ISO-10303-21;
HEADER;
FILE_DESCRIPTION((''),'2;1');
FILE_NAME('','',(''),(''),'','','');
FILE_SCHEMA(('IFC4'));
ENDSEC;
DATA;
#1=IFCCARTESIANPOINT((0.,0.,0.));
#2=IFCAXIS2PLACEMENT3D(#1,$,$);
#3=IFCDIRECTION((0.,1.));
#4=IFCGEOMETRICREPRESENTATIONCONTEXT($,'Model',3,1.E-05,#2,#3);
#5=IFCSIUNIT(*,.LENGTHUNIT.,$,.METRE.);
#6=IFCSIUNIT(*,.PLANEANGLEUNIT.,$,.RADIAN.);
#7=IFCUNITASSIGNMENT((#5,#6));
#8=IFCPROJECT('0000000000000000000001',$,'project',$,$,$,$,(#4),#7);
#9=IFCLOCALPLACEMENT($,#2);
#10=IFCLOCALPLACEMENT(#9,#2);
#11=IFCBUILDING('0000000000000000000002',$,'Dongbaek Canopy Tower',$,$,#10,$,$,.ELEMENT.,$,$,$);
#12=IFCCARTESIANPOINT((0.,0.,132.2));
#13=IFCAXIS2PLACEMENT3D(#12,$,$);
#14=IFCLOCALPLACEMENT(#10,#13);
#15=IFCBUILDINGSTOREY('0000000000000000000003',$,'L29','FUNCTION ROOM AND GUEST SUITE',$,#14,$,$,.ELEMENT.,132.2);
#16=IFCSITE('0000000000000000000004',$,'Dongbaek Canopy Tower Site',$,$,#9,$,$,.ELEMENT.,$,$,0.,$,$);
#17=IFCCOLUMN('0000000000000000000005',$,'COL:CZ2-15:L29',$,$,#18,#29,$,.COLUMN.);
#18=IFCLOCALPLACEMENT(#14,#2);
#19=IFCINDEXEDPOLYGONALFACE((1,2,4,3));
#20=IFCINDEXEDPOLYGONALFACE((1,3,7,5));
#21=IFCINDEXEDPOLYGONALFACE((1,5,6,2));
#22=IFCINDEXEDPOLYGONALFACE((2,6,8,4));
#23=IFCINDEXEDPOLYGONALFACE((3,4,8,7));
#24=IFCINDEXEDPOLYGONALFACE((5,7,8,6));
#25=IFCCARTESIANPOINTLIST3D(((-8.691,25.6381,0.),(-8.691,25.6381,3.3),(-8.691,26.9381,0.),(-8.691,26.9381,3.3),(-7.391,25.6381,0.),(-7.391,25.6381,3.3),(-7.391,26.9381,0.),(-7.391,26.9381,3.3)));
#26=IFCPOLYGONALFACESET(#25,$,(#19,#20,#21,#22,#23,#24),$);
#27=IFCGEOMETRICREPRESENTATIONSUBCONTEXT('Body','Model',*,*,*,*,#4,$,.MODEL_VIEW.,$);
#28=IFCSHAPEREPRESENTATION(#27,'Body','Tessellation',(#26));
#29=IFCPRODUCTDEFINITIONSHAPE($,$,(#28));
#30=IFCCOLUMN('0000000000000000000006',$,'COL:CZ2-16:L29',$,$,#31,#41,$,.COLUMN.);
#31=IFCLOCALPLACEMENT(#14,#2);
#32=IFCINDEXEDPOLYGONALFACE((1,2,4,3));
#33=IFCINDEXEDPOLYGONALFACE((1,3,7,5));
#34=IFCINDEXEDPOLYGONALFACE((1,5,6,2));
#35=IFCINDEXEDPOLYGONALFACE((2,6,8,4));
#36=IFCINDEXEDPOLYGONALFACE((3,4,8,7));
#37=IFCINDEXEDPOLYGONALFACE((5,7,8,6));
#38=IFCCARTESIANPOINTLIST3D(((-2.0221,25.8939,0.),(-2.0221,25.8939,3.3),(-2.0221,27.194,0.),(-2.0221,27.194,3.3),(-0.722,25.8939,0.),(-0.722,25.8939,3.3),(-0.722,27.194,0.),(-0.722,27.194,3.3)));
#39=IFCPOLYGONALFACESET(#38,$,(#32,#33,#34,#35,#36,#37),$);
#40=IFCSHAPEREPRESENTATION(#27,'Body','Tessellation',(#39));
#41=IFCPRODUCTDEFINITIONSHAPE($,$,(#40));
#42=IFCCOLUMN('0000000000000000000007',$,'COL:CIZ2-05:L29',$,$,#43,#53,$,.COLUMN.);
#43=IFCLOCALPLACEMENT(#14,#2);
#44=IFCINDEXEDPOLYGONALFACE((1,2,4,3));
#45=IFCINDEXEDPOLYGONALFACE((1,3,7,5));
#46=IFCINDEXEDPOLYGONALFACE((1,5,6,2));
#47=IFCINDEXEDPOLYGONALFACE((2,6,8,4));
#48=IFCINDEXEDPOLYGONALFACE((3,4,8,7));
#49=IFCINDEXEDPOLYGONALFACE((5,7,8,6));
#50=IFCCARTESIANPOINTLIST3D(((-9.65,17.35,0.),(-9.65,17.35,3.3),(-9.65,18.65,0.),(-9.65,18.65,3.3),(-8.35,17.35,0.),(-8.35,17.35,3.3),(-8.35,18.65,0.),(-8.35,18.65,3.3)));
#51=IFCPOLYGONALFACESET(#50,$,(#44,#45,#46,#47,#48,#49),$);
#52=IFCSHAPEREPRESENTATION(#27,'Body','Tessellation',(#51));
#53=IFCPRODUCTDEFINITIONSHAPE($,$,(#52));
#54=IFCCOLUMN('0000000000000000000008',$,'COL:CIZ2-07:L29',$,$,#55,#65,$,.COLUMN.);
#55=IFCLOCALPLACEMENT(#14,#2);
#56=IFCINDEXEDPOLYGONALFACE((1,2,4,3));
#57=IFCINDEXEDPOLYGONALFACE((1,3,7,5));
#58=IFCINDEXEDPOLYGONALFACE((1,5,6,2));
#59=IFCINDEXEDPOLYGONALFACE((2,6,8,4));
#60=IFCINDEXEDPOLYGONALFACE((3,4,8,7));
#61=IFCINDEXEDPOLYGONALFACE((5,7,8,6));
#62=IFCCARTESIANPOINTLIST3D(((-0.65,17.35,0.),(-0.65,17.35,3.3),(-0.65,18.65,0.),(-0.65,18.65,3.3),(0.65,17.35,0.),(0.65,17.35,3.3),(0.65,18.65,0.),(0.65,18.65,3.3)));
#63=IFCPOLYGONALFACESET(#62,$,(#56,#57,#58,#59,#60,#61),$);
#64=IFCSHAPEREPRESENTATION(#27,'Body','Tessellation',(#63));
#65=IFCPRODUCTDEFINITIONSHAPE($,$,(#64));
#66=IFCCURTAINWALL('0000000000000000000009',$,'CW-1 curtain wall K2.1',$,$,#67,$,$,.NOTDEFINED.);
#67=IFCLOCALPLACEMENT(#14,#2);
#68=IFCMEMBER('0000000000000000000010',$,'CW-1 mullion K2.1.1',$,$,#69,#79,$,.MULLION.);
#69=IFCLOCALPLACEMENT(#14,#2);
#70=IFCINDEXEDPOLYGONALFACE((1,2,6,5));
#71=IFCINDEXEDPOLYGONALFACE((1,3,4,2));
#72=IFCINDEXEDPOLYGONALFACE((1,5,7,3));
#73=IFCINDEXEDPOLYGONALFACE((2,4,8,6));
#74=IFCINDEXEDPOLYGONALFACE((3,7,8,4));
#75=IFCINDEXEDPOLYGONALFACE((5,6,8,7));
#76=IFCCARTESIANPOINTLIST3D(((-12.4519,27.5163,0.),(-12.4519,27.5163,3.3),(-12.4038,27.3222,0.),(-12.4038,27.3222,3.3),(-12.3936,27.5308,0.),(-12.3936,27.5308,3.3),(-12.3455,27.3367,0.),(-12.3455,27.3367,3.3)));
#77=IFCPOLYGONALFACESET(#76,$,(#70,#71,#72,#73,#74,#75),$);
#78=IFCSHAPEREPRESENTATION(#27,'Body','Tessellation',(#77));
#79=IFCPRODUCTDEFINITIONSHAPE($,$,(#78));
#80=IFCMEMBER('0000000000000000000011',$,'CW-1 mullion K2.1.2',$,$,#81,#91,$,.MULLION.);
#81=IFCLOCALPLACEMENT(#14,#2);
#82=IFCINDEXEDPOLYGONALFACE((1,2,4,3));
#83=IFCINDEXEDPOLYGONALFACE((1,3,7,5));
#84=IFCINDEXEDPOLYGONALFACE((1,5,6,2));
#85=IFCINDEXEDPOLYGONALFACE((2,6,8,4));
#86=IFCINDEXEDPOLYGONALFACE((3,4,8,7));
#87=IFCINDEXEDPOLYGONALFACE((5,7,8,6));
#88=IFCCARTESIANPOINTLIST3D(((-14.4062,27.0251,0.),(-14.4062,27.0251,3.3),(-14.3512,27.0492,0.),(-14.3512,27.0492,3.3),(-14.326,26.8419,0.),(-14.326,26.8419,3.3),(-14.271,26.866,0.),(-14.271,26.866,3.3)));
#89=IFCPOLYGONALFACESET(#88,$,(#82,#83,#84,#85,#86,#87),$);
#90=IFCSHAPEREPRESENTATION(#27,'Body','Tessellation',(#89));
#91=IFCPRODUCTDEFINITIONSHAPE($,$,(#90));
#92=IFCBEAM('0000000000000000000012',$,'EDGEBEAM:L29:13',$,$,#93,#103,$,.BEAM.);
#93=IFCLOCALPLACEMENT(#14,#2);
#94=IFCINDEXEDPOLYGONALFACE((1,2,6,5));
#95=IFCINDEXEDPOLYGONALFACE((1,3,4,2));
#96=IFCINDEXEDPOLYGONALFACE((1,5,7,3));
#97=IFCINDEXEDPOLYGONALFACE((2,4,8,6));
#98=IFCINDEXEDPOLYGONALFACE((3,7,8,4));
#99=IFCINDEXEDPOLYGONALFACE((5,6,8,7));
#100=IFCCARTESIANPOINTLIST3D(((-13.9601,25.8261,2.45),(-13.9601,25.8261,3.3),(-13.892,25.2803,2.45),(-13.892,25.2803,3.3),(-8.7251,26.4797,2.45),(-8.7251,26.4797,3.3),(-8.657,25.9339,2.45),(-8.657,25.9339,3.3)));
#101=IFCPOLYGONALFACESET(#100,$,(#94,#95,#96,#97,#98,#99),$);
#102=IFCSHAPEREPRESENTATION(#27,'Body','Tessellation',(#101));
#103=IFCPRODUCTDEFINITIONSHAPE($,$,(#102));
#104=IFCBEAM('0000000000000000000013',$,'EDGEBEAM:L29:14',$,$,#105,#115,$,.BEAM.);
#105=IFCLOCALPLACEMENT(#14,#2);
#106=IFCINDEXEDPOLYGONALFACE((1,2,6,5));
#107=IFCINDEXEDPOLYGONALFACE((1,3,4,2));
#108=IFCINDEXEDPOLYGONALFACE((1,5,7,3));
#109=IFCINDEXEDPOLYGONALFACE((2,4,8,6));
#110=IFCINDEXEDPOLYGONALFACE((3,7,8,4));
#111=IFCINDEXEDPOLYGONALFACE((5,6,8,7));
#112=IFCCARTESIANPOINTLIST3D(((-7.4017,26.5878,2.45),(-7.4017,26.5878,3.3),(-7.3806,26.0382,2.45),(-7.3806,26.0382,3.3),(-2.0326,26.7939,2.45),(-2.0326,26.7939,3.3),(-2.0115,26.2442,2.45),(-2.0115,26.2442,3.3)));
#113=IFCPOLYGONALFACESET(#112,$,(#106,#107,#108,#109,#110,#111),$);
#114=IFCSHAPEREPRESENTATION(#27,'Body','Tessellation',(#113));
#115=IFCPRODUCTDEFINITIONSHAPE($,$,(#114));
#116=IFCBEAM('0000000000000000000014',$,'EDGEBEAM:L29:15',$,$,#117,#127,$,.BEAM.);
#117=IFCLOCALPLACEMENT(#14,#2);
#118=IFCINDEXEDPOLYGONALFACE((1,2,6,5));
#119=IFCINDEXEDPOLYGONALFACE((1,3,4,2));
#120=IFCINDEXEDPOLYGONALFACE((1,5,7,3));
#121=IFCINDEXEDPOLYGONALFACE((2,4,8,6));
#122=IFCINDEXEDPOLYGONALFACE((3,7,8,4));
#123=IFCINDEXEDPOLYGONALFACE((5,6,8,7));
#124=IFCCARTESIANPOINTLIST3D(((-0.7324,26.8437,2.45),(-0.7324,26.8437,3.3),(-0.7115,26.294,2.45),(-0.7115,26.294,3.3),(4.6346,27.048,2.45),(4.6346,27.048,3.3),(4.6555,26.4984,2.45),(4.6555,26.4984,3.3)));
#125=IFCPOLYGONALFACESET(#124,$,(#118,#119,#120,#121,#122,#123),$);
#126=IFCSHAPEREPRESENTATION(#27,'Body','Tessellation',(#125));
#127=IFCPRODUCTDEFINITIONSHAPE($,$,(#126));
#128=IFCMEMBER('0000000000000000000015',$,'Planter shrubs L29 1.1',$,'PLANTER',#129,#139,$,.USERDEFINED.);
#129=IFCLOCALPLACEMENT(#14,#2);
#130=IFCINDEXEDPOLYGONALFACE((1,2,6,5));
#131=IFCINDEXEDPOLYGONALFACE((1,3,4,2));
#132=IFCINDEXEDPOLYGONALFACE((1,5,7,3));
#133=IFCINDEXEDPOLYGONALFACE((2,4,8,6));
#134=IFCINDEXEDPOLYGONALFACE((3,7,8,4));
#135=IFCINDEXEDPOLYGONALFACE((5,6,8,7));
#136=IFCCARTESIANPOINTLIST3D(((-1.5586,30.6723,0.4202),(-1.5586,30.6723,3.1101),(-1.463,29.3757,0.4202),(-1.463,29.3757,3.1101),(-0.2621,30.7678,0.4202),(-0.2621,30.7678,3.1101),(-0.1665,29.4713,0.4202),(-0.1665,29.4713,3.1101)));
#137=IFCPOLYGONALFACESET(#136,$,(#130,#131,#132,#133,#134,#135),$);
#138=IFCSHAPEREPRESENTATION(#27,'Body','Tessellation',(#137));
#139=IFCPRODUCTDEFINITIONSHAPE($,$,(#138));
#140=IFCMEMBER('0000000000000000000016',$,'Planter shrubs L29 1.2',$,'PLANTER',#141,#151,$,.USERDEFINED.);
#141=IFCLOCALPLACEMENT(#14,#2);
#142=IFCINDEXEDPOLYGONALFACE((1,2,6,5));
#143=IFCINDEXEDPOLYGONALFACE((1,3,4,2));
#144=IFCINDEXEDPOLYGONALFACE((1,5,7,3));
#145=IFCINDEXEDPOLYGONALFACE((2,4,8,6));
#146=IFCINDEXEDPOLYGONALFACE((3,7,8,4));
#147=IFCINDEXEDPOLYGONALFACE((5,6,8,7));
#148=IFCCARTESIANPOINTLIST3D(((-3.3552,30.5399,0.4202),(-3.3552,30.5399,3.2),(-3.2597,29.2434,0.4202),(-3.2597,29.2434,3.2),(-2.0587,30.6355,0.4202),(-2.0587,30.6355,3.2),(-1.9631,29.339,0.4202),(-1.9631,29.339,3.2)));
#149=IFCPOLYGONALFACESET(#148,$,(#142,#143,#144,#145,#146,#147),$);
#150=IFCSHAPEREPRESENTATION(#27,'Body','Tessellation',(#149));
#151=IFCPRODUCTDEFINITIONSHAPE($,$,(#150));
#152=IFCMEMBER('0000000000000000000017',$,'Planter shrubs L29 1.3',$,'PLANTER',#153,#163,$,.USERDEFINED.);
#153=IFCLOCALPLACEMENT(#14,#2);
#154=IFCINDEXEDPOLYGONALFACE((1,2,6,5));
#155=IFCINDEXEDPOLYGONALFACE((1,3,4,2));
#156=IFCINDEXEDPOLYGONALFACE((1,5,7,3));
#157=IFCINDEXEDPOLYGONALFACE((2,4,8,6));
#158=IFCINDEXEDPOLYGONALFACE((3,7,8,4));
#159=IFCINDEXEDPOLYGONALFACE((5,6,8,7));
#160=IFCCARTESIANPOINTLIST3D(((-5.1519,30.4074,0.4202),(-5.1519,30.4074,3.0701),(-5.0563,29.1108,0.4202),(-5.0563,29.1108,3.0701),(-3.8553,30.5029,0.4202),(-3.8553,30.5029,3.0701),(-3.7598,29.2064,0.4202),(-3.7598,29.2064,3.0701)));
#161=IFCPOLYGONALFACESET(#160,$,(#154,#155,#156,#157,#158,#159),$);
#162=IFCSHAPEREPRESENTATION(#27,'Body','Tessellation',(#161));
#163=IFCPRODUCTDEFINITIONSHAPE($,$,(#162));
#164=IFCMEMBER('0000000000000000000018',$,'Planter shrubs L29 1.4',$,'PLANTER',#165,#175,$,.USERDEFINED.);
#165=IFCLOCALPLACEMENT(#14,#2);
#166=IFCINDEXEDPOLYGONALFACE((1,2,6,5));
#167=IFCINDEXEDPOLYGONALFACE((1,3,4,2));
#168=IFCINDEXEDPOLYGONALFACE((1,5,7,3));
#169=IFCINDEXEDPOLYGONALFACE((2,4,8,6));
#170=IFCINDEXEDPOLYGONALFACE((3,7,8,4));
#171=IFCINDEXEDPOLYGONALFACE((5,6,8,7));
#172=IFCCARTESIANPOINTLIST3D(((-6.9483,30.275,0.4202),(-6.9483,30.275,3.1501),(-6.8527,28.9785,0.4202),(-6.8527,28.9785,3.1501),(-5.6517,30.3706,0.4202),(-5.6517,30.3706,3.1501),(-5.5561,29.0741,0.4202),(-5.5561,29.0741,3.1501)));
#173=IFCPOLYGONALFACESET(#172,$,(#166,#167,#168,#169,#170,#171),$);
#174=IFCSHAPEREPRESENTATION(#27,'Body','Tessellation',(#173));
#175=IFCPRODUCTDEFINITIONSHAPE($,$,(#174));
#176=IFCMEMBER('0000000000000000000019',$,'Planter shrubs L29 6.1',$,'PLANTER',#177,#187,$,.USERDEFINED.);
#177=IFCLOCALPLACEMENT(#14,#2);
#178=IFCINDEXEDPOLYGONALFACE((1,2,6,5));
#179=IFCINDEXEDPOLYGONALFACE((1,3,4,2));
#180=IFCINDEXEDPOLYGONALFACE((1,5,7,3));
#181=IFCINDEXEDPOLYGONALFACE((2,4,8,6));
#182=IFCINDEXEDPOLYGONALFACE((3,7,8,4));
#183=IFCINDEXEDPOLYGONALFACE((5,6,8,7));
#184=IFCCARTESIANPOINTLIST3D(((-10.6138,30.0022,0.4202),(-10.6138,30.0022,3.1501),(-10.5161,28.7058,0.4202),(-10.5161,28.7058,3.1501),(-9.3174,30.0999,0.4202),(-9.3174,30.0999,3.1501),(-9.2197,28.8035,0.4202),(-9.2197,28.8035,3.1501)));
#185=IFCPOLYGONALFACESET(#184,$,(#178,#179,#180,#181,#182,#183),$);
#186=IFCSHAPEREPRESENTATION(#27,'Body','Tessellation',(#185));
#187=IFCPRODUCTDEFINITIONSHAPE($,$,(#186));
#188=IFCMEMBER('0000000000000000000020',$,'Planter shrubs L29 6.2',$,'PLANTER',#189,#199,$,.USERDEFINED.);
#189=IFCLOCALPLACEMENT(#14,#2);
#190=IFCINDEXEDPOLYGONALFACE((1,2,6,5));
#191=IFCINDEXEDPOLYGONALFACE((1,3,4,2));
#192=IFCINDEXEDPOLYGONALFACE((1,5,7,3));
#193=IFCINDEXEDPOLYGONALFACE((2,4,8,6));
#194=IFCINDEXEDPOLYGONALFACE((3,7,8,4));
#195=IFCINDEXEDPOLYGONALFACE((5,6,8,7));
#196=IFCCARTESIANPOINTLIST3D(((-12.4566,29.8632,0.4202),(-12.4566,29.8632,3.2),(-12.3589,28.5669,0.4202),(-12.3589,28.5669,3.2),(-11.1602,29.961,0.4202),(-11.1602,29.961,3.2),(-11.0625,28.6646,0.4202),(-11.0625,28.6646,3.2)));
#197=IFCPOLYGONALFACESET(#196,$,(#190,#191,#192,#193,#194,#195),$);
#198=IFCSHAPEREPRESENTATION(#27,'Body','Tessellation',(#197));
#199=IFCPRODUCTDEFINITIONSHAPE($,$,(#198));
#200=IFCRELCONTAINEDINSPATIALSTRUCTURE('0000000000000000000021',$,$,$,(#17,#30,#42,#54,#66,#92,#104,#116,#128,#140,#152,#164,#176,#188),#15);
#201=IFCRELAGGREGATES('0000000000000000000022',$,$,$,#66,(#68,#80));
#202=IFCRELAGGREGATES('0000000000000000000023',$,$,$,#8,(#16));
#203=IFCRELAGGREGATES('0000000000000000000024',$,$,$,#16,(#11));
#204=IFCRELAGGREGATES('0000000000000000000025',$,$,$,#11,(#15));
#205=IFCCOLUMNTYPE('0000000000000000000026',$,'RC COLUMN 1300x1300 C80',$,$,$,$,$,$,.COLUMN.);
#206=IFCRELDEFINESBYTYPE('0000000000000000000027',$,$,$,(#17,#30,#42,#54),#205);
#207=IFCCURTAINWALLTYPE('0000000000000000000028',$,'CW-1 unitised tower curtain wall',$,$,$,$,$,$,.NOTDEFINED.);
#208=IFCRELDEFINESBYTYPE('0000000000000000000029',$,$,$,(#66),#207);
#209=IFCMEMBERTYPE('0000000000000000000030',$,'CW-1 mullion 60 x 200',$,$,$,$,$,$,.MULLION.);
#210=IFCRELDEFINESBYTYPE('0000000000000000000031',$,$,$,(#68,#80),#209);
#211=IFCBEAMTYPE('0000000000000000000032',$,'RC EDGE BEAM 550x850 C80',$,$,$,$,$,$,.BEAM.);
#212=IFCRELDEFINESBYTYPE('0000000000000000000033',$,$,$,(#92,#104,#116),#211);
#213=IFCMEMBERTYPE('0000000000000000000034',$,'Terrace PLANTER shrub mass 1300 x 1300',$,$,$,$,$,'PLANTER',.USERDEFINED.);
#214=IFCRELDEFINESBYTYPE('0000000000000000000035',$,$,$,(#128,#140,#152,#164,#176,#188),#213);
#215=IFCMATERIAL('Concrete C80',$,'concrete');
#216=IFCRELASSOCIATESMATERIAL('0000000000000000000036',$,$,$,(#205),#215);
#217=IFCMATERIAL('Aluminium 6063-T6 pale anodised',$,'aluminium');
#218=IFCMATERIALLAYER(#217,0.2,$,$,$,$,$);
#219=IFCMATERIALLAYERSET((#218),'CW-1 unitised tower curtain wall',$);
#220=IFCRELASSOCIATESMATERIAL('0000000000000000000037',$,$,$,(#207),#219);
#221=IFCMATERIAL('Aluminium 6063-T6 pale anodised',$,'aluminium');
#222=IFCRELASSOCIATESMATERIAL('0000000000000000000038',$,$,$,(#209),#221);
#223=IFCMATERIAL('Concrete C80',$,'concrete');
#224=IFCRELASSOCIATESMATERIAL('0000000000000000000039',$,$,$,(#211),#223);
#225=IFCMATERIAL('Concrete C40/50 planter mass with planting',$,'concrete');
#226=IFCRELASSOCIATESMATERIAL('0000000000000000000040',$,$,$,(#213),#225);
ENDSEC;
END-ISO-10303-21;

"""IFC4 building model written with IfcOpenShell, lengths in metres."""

from ifc_helpers import new_model, si_unit, direction, frame, origin, origin_2d, place, context, subcontext, project, spatial, rectangle, extrude, material, layer, layer_set, material_profile, profile_set, type_object, element, aggregate, save


model = new_model("IFC4")

# Units and contexts
model_context = context("Model", 3, precision=1e-05, world=origin(), true_north=direction((0.0, 1.0)))
body_context = subcontext(model_context, "Body", "Model", "MODEL_VIEW")
ifc_project = project(units=[si_unit("LENGTHUNIT", "METRE"), si_unit("PLANEANGLEUNIT", "RADIAN")], contexts=[model_context])

# Site, building, storey
site_placement = place(None, origin())
site = spatial("IfcSite", under=ifc_project, at=site_placement, Name="Dongbaek Canopy Tower Site", CompositionType="ELEMENT", RefElevation=0.0)
building_placement = place(site_placement, origin())
building = spatial("IfcBuilding", under=site, at=building_placement, Name="Dongbaek Canopy Tower", CompositionType="ELEMENT")
storey_placement = place(building_placement, frame((0.0, 0.0, 132.2)))
storey = spatial("IfcBuildingStorey", under=building, at=storey_placement, Name="L29", Description="FUNCTION ROOM AND GUEST SUITE", CompositionType="ELEMENT", Elevation=132.2)

# Columns
ifc_material_1 = material(Name="Concrete C80", Category="concrete")
ifc_material_profile_1 = material_profile(ifc_material_1, rectangle(XDim=1.3, YDim=1.3, at=origin_2d()), Name="RC COLUMN 1300x1300 C80")
ifc_profile_set_1 = profile_set([ifc_material_profile_1], Name="Concrete C80")
column_type = type_object("IfcColumnType", Name="RC COLUMN 1300x1300 C80", PredefinedType="COLUMN", material=ifc_profile_set_1)
for number, where, z_axis, x_axis, name in (
    (1, (-8.041, 26.2881, 0.0), (0.0, 0.0, 1.0), (1.0, 0.0, 0.0), "COL:CZ2-15:L29"),
    (2, (-1.3721, 26.5439, 0.0), (0.0, 0.0, 1.0), (1.0, 0.0, 0.0), "COL:CZ2-16:L29"),
    (3, (-9.0, 18.0, 0.0), (0.0, 0.0, 1.0), (1.0, 0.0, 0.0), "COL:CIZ2-05:L29"),
    (4, (0.0, 18.0, 0.0), (0.0, 0.0, 1.0), (1.0, 0.0, 0.0), "COL:CIZ2-07:L29"),
):
    element("IfcColumn", number, at=place(storey_placement, frame(where, z_axis=z_axis, x_axis=x_axis)), inside=storey, type_object=column_type, Name=name, PredefinedType="COLUMN", context=body_context, shape_type="SweptSolid", body=[
        extrude(rectangle(XDim=1.3, YDim=1.3, at=origin_2d()), origin(), (0.0, 0.0, 1.0), 3.3),
    ])

# Curtain wall, members
ifc_material_2 = material(Name="Aluminium 6063-T6 pale anodised", Category="aluminium")
ifc_layer_1 = layer(ifc_material_2, 0.2)
ifc_layer_set_1 = layer_set([ifc_layer_1], Name="CW-1 unitised tower curtain wall")
curtain_wall_type = type_object("IfcCurtainWallType", Name="CW-1 unitised tower curtain wall", PredefinedType="NOTDEFINED", material=ifc_layer_set_1)
curtain_wall_placement = place(storey_placement, origin())
curtain_wall = element("IfcCurtainWall", 5, at=curtain_wall_placement, inside=storey, type_object=curtain_wall_type, Name="CW-1 curtain wall K2.1", PredefinedType="NOTDEFINED")
ifc_material_3 = material(Name="Aluminium 6063-T6 pale anodised", Category="aluminium")
ifc_material_profile_2 = material_profile(ifc_material_3, rectangle(XDim=0.2, YDim=0.0601, at=origin_2d()), Name="CW-1 mullion 60 x 200")
ifc_profile_set_2 = profile_set([ifc_material_profile_2], Name="Aluminium 6063-T6 pale anodised")
member_type_1 = type_object("IfcMemberType", Name="CW-1 mullion 60 x 200", PredefinedType="MULLION", material=ifc_profile_set_2)
member_1_placement = place(storey_placement, frame((-12.3987, 27.4265, 0.0), z_axis=(0.0, 0.0, 1.0), x_axis=(-0.240709, 0.970597, 0.0)))
member_1 = element("IfcMember", 6, at=member_1_placement, type_object=member_type_1, Name="CW-1 mullion K2.1.1", PredefinedType="MULLION", context=body_context, shape_type="SweptSolid", body=[
    extrude(rectangle(XDim=0.2, YDim=0.0601, at=origin_2d()), origin(), (0.0, 0.0, 1.0), 3.3),
])
member_2_placement = place(storey_placement, frame((-14.3386, 26.9456, 0.0), z_axis=(0.0, 0.0, 1.0), x_axis=(-0.400999, 0.916079, 0.0)))
member_2 = element("IfcMember", 7, at=member_2_placement, type_object=member_type_1, Name="CW-1 mullion K2.1.2", PredefinedType="MULLION", context=body_context, shape_type="SweptSolid", body=[
    extrude(rectangle(XDim=0.2, YDim=0.0601, at=origin_2d()), origin(), (0.0, 0.0, 1.0), 3.3),
])

# Beams
ifc_material_4 = material(Name="Concrete C80", Category="concrete")
ifc_material_profile_3 = material_profile(ifc_material_4, rectangle(XDim=0.55, YDim=0.8501, at=origin_2d()), Name="RC EDGE BEAM 550x850 C80")
ifc_profile_set_3 = profile_set([ifc_material_profile_3], Name="Concrete C80")
beam_type = type_object("IfcBeamType", Name="RC EDGE BEAM 550x850 C80", PredefinedType="BEAM", material=ifc_profile_set_3)
beam_1_placement = place(storey_placement, frame((-13.926, 25.5532, 2.875), z_axis=(0.992297, 0.123881, 0.0), x_axis=(-0.123881, 0.992297, 0.0)))
element("IfcBeam", 8, at=beam_1_placement, inside=storey, type_object=beam_type, Name="EDGEBEAM:L29:13", PredefinedType="BEAM", context=body_context, shape_type="SweptSolid", body=[
    extrude(rectangle(XDim=0.55, YDim=0.8501, at=origin_2d()), origin(), (0.0, 0.0, 1.0), 5.2756),
])
beam_2_placement = place(storey_placement, frame((-7.3911, 26.313, 2.875), z_axis=(0.999264, 0.038349, 0.0), x_axis=(-0.038349, 0.999264, 0.0)))
element("IfcBeam", 9, at=beam_2_placement, inside=storey, type_object=beam_type, Name="EDGEBEAM:L29:14", PredefinedType="BEAM", context=body_context, shape_type="SweptSolid", body=[
    extrude(rectangle(XDim=0.55, YDim=0.8501, at=origin_2d()), origin(), (0.0, 0.0, 1.0), 5.373),
])
beam_3_placement = place(storey_placement, frame((-0.7219, 26.5688, 2.875), z_axis=(0.999276, 0.038047, 0.0), x_axis=(-0.038047, 0.999276, 0.0)))
element("IfcBeam", 10, at=beam_3_placement, inside=storey, type_object=beam_type, Name="EDGEBEAM:L29:15", PredefinedType="BEAM", context=body_context, shape_type="SweptSolid", body=[
    extrude(rectangle(XDim=0.55, YDim=0.8501, at=origin_2d()), origin(), (0.0, 0.0, 1.0), 5.3708),
])

# Members
ifc_material_5 = material(Name="Concrete C40/50 planter mass with planting", Category="concrete")
ifc_material_profile_4 = material_profile(ifc_material_5, rectangle(XDim=1.3, YDim=1.3, at=origin_2d()), Name="Terrace PLANTER shrub mass 1300 x 1300")
ifc_profile_set_4 = profile_set([ifc_material_profile_4], Name="Concrete C40/50 planter mass with planting")
member_type_2 = type_object("IfcMemberType", Name="Terrace PLANTER shrub mass 1300 x 1300", ElementType="PLANTER", PredefinedType="USERDEFINED", material=ifc_profile_set_4)
member_3_placement = place(storey_placement, frame((-0.8625, 30.0718, 0.4202), z_axis=(0.0, 0.0, 1.0), x_axis=(-0.073519, 0.997294, 0.0)))
element("IfcMember", 11, at=member_3_placement, inside=storey, type_object=member_type_2, Name="Planter shrubs L29 1.1", ObjectType="PLANTER", PredefinedType="USERDEFINED", context=body_context, shape_type="SweptSolid", body=[
    extrude(rectangle(XDim=1.3, YDim=1.3, at=origin_2d()), origin(), (0.0, 0.0, 1.0), 2.6899),
])
member_4_placement = place(storey_placement, frame((-2.6592, 29.9395, 0.4202), z_axis=(0.0, 0.0, 1.0), x_axis=(-0.073519, 0.997294, 0.0)))
element("IfcMember", 12, at=member_4_placement, inside=storey, type_object=member_type_2, Name="Planter shrubs L29 1.2", ObjectType="PLANTER", PredefinedType="USERDEFINED", context=body_context, shape_type="SweptSolid", body=[
    extrude(rectangle(XDim=1.3, YDim=1.3, at=origin_2d()), origin(), (0.0, 0.0, 1.0), 2.7798),
])
member_5_placement = place(storey_placement, frame((-4.4558, 29.8069, 0.4202), z_axis=(0.0, 0.0, 1.0), x_axis=(-0.073519, 0.997294, 0.0)))
element("IfcMember", 13, at=member_5_placement, inside=storey, type_object=member_type_2, Name="Planter shrubs L29 1.3", ObjectType="PLANTER", PredefinedType="USERDEFINED", context=body_context, shape_type="SweptSolid", body=[
    extrude(rectangle(XDim=1.3, YDim=1.3, at=origin_2d()), origin(), (0.0, 0.0, 1.0), 2.6499),
])
for number, where, z_axis, x_axis, name in (
    (14, (-6.2522, 29.6746, 0.4202), (0.0, 0.0, 1.0), (-0.073519, 0.997294, 0.0), "Planter shrubs L29 1.4"),
    (15, (-9.9167, 29.4028, 0.4202), (0.0, 0.0, 1.0), (-0.075156, 0.997172, 0.0), "Planter shrubs L29 6.1"),
):
    element("IfcMember", number, at=place(storey_placement, frame(where, z_axis=z_axis, x_axis=x_axis)), inside=storey, type_object=member_type_2, Name=name, ObjectType="PLANTER", PredefinedType="USERDEFINED", context=body_context, shape_type="SweptSolid", body=[
        extrude(rectangle(XDim=1.3, YDim=1.3, at=origin_2d()), origin(), (0.0, 0.0, 1.0), 2.73),
    ])
member_6_placement = place(storey_placement, frame((-11.7595, 29.2639, 0.4202), z_axis=(0.0, 0.0, 1.0), x_axis=(-0.075156, 0.997172, 0.0)))
element("IfcMember", 16, at=member_6_placement, inside=storey, type_object=member_type_2, Name="Planter shrubs L29 6.2", ObjectType="PLANTER", PredefinedType="USERDEFINED", context=body_context, shape_type="SweptSolid", body=[
    extrude(rectangle(XDim=1.3, YDim=1.3, at=origin_2d()), origin(), (0.0, 0.0, 1.0), 2.7798),
])

aggregate(curtain_wall, [member_1, member_2])

save(model, "model.ifc")
